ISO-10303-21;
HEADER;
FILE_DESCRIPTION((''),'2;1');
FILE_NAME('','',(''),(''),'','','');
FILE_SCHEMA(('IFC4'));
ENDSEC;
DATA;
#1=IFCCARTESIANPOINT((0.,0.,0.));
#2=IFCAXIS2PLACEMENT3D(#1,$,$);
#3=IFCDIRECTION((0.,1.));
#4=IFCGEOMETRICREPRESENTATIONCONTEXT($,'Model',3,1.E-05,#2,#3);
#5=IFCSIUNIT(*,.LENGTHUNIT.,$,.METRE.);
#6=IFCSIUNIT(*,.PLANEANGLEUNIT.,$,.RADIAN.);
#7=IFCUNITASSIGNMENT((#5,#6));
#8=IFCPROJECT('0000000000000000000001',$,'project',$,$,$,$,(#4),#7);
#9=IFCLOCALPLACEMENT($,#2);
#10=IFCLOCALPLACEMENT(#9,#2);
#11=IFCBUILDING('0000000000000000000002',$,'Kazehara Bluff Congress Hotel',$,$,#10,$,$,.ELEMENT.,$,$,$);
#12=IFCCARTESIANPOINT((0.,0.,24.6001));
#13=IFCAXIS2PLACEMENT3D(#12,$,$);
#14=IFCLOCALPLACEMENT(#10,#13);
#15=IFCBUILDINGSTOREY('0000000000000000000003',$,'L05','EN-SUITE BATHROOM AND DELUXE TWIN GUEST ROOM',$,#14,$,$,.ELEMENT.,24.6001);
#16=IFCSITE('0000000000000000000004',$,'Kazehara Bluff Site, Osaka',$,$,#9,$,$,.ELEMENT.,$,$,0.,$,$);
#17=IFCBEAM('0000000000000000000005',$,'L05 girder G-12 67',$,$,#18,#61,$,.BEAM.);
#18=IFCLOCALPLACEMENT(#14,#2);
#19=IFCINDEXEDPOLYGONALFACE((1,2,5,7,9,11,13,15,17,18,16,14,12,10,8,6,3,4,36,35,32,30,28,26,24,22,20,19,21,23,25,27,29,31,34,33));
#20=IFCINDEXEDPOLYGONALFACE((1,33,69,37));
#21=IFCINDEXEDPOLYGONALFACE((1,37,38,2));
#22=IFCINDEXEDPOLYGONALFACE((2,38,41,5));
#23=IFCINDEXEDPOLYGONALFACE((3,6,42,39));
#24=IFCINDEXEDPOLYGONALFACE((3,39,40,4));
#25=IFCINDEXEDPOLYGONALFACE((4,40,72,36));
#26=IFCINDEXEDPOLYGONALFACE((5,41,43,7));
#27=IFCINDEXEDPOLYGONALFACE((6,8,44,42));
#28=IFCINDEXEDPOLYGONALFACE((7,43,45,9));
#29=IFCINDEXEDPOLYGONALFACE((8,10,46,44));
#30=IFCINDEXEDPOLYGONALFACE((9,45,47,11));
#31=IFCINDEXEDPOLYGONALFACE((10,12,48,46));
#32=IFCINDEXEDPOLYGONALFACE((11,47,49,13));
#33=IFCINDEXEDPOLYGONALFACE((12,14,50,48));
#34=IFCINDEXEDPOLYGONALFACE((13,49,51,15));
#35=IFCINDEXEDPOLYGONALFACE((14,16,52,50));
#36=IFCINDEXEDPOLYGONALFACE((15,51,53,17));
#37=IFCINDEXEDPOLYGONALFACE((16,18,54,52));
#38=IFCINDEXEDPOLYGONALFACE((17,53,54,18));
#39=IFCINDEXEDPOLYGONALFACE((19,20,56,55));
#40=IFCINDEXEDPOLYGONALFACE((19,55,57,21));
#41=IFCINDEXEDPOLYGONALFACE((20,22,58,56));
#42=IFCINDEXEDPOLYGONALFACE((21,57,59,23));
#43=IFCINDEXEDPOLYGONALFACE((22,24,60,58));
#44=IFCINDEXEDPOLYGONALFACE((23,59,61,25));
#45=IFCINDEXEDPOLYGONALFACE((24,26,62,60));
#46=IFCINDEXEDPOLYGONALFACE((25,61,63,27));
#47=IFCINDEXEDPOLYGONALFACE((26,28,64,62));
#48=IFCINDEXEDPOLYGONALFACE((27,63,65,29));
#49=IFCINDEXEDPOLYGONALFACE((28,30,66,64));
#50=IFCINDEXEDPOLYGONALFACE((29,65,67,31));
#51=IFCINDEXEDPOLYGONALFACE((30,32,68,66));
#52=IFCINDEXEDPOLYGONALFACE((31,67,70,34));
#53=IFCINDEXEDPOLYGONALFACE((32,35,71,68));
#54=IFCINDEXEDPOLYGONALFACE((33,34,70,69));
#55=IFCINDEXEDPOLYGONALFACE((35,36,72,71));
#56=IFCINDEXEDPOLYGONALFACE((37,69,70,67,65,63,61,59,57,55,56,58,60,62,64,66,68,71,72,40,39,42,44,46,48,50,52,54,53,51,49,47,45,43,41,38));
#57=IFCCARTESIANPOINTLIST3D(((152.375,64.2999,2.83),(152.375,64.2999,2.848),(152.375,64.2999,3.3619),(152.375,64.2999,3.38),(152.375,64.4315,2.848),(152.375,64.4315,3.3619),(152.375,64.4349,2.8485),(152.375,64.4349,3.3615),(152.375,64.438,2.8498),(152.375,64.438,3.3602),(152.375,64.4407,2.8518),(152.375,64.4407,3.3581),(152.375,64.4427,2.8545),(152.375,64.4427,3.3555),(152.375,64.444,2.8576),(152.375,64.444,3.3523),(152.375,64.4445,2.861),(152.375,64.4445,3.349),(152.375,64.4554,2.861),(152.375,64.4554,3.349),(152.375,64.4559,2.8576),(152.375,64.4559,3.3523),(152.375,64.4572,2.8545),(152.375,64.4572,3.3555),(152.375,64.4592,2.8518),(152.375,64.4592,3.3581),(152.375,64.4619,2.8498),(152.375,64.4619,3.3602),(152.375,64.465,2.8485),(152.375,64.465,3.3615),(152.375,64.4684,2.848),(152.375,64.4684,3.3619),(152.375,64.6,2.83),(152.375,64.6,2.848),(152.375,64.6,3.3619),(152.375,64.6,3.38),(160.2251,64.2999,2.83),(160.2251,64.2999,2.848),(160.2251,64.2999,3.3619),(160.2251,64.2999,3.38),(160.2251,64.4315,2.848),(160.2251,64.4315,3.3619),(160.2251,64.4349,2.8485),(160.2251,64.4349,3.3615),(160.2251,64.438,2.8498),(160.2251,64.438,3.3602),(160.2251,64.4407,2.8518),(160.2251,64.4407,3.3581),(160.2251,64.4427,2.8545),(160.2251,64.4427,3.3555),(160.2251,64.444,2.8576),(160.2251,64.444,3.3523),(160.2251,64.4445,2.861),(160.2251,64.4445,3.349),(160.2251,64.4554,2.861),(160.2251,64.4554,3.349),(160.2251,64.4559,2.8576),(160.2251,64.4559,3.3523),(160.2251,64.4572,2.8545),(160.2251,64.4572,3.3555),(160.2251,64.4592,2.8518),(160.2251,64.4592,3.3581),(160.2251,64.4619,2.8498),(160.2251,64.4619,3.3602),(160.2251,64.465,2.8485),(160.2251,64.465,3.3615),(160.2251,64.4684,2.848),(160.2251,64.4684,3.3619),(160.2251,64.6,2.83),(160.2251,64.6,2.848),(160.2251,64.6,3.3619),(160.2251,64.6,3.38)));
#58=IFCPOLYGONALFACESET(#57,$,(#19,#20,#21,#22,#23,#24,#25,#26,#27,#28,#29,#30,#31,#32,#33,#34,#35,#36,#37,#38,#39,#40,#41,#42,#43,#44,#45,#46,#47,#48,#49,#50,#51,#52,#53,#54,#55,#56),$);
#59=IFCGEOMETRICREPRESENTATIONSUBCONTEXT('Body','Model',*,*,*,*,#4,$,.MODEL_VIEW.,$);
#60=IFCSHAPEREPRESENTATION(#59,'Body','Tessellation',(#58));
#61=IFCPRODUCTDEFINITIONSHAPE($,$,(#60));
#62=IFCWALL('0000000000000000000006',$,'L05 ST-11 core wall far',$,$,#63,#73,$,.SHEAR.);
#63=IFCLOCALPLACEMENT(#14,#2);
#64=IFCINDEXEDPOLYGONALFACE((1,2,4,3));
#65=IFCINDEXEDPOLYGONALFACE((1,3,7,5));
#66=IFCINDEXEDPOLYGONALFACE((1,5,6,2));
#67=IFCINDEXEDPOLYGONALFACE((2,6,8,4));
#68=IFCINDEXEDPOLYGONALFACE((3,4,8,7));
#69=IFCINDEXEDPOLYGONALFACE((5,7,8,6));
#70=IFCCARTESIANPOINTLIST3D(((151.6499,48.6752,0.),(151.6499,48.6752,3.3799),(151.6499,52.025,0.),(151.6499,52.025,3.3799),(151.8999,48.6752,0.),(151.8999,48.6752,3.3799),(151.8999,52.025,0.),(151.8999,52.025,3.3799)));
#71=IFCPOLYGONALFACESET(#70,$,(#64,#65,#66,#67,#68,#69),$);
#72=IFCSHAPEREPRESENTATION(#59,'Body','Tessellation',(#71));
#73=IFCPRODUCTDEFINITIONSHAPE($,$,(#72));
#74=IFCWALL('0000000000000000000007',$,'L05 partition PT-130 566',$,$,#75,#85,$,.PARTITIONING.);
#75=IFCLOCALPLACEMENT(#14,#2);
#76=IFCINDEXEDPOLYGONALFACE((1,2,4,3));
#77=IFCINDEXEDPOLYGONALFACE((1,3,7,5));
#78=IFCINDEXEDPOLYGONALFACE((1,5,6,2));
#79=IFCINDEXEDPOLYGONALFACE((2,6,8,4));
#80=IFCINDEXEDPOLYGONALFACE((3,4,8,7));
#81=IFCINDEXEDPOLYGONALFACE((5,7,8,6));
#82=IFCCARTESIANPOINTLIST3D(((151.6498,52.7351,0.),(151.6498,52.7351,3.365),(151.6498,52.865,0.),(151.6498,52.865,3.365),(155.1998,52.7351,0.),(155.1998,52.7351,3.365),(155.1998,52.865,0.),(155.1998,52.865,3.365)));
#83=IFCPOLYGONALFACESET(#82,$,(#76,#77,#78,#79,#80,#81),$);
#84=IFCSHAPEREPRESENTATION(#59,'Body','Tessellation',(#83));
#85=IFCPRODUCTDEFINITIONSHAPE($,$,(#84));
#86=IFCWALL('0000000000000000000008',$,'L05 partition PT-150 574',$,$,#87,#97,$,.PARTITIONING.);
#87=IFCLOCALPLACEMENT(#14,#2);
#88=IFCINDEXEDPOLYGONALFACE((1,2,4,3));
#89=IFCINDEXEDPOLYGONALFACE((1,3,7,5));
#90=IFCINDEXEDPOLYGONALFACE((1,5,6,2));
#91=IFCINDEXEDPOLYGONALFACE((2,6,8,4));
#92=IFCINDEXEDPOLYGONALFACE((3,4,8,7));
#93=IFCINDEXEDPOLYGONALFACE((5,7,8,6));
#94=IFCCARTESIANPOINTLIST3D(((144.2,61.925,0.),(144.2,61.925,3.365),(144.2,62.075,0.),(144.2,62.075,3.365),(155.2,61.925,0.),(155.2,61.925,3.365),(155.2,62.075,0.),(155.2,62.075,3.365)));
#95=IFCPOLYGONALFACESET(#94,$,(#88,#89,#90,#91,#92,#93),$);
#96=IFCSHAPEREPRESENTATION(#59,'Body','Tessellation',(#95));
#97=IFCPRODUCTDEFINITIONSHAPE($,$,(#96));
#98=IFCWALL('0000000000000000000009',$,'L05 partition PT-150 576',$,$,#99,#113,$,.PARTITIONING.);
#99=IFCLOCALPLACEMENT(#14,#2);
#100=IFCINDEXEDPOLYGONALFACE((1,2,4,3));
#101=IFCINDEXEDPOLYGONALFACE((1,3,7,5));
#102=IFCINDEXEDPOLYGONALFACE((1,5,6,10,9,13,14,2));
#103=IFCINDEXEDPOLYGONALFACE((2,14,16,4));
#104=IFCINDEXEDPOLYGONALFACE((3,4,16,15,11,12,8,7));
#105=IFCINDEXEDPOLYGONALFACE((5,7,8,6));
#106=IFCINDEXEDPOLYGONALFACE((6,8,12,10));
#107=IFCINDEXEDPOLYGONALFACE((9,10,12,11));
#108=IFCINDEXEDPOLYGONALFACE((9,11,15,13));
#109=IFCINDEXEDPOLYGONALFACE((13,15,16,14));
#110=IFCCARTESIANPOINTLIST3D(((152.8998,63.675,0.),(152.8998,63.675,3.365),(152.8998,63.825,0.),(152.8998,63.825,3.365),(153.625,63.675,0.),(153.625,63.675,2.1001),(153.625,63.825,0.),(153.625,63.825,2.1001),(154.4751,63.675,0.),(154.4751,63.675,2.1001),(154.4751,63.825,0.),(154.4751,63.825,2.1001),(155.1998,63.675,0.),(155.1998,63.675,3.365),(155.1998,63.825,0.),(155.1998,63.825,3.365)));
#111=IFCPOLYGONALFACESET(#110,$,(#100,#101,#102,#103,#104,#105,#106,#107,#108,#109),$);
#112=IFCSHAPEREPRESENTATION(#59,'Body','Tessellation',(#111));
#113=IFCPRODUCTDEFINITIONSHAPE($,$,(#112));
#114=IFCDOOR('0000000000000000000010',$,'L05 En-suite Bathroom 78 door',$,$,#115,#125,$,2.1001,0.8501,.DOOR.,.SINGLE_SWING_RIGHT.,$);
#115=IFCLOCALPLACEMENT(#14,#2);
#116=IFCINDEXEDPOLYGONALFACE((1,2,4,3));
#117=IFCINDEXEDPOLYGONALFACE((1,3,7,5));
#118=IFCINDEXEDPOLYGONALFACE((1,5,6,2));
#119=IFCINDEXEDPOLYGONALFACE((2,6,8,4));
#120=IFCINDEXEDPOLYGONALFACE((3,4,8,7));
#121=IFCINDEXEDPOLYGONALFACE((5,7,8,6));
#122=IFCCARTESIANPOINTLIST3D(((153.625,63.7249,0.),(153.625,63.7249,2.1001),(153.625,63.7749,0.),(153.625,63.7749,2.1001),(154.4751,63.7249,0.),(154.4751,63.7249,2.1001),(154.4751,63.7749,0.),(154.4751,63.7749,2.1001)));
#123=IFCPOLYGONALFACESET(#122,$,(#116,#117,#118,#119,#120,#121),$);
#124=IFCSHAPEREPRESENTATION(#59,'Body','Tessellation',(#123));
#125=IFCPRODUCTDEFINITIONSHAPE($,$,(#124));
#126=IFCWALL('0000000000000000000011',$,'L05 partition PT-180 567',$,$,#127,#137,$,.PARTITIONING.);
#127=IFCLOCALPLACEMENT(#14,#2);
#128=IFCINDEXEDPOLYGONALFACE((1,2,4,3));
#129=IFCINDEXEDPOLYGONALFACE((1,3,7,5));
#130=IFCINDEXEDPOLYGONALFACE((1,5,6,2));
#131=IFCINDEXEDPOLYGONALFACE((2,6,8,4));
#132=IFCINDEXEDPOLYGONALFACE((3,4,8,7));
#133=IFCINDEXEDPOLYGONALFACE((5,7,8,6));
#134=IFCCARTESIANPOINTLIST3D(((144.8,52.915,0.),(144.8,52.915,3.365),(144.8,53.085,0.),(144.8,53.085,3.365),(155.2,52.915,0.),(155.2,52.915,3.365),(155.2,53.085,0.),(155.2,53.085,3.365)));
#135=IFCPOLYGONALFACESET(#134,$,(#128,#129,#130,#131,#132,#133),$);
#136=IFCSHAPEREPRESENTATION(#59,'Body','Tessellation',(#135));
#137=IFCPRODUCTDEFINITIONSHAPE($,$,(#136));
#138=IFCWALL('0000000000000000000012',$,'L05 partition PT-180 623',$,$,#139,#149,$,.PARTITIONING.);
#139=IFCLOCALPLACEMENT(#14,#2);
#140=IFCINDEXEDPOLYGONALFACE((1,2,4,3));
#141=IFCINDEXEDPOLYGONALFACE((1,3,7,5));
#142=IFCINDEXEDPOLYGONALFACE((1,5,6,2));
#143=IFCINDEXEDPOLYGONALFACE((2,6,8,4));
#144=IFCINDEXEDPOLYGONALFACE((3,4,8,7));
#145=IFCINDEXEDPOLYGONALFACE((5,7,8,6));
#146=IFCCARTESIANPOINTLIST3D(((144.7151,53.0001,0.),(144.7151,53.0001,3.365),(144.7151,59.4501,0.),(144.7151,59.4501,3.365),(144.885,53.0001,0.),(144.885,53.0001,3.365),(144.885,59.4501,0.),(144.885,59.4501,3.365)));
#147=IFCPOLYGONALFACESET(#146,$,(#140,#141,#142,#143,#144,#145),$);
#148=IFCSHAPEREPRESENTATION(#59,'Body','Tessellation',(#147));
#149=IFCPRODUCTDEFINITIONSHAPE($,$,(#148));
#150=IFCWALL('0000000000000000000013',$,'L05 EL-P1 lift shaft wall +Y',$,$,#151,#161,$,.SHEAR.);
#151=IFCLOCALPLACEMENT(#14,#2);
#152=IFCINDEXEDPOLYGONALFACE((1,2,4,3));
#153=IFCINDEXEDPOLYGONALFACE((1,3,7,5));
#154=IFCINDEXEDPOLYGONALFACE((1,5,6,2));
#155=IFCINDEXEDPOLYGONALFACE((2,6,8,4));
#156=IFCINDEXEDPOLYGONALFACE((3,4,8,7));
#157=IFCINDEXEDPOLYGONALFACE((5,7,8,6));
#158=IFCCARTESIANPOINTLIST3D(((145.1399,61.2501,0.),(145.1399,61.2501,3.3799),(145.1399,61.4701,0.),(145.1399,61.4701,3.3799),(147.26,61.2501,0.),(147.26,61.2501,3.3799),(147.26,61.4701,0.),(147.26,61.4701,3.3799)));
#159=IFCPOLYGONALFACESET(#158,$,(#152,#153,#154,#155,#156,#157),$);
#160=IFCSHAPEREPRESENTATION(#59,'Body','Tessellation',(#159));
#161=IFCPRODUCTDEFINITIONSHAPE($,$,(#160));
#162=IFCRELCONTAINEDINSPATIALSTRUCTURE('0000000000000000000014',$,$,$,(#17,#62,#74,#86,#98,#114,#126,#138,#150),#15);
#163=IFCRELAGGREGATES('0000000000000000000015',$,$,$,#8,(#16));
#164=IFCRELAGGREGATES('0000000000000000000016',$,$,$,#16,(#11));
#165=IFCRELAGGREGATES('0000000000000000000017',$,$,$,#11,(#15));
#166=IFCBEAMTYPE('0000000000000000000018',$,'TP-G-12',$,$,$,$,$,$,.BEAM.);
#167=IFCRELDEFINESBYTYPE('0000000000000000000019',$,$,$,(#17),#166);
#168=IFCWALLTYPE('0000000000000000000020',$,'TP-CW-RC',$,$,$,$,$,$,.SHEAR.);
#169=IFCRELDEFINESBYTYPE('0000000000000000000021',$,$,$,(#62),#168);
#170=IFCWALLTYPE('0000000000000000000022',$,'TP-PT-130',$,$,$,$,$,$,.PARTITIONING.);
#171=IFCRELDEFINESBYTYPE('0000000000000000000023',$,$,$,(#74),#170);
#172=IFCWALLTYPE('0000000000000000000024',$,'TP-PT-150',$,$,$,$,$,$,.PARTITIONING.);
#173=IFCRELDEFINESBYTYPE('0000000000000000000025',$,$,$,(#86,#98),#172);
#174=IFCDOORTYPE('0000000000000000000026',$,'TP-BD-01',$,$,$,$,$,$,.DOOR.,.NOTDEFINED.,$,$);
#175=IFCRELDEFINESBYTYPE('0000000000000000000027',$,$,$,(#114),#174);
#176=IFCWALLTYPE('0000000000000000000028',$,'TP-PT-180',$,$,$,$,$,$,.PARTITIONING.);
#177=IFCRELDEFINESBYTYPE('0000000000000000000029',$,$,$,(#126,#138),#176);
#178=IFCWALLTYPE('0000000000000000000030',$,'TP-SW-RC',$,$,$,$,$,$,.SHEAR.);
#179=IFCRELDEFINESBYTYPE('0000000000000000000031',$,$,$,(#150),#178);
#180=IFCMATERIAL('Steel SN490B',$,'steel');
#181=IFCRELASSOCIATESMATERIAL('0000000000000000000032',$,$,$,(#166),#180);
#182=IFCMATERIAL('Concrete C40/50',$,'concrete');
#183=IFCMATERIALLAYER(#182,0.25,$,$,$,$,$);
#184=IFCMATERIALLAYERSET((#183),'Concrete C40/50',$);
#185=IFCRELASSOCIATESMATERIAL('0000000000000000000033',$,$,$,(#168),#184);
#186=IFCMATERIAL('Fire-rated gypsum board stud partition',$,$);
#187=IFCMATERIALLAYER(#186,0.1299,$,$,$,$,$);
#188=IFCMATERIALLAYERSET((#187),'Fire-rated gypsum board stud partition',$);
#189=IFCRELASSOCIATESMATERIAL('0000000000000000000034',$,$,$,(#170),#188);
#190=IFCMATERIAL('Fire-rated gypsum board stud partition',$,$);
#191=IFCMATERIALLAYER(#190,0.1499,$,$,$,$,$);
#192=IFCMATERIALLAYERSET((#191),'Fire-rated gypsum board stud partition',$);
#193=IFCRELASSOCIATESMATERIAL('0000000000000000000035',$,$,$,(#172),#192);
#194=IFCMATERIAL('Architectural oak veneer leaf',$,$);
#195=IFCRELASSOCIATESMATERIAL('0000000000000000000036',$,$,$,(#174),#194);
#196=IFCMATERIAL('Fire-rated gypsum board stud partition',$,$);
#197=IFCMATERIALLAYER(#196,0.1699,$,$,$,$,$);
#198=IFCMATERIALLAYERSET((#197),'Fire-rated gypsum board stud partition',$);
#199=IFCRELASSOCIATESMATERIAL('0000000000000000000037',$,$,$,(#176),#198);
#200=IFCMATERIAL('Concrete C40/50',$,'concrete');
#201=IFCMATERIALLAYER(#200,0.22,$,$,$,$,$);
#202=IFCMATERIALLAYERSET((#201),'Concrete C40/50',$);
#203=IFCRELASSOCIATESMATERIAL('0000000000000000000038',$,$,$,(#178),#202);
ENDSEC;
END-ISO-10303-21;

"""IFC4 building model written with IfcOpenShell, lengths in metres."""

from ifc_helpers import new_model, si_unit, direction, frame, frame_2d, origin, origin_2d, place, context, subcontext, project, spatial, rectangle, i_section, extrude, material, layer, layer_set, material_profile, profile_set, type_object, element, fill, save


model = new_model("IFC4")

# Units and contexts
model_context = context("Model", 3, precision=1e-05, world=origin(), true_north=direction((0.0, 1.0)))
body_context = subcontext(model_context, "Body", "Model", "MODEL_VIEW")
ifc_project = project(units=[si_unit("LENGTHUNIT", "METRE"), si_unit("PLANEANGLEUNIT", "RADIAN")], contexts=[model_context])

# Site, building, storey
site_placement = place(None, origin())
site = spatial("IfcSite", under=ifc_project, at=site_placement, Name="Kazehara Bluff Site, Osaka", CompositionType="ELEMENT", RefElevation=0.0)
building_placement = place(site_placement, origin())
building = spatial("IfcBuilding", under=site, at=building_placement, Name="Kazehara Bluff Congress Hotel", CompositionType="ELEMENT")
storey_placement = place(building_placement, frame((0.0, 0.0, 24.6001)))
storey = spatial("IfcBuildingStorey", under=building, at=storey_placement, Name="L05", Description="EN-SUITE BATHROOM AND DELUXE TWIN GUEST ROOM", CompositionType="ELEMENT", Elevation=24.6001)

# Beam
ifc_material_1 = material(Name="Steel SN490B", Category="steel")
ifc_material_profile_1 = material_profile(ifc_material_1, i_section(OverallWidth=0.3, OverallDepth=0.55, WebThickness=0.011, FlangeThickness=0.0181, FilletRadius=0.0129, at=origin_2d()))
ifc_profile_set_1 = profile_set([ifc_material_profile_1], Name="Steel SN490B")
beam_type = type_object("IfcBeamType", Name="TP-G-12", PredefinedType="BEAM", material=ifc_profile_set_1)
for number, where, z_axis, x_axis, name in (
    (1, (152.375, 64.45, 3.105), (1.0, 0.0, 0.0), (0.0, 1.0, 0.0), "L05 girder G-12 67"),
):
    element("IfcBeam", number, at=place(storey_placement, frame(where, z_axis=z_axis, x_axis=x_axis)), inside=storey, type_object=beam_type, Name=name, PredefinedType="BEAM", context=body_context, shape_type="SweptSolid", body=[
        extrude(i_section(OverallWidth=0.3, OverallDepth=0.55, WebThickness=0.011, FlangeThickness=0.0181, FilletRadius=0.0129, at=origin_2d()), origin(), (0.0, 0.0, 1.0), 7.8501),
    ])

# Walls
ifc_material_2 = material(Name="Concrete C40/50", Category="concrete")
ifc_layer_1 = layer(ifc_material_2, 0.25)
ifc_layer_set_1 = layer_set([ifc_layer_1], Name="Concrete C40/50")
wall_type_1 = type_object("IfcWallType", Name="TP-CW-RC", PredefinedType="SHEAR", material=ifc_layer_set_1)
wall_1_placement = place(storey_placement, frame((151.7749, 52.0249, 0.0), z_axis=(0.0, 0.0, 1.0), x_axis=(0.0, -1.0, 0.0)))
element("IfcWall", 2, at=wall_1_placement, inside=storey, type_object=wall_type_1, Name="L05 ST-11 core wall far", PredefinedType="SHEAR", context=body_context, shape_type="SweptSolid", body=[
    extrude(rectangle(XDim=3.3499, YDim=0.25, at=frame_2d((1.6748, 0.0))), origin(), (0.0, 0.0, 1.0), 3.3799),
])
ifc_material_3 = material(Name="Fire-rated gypsum board stud partition")
ifc_layer_2 = layer(ifc_material_3, 0.1299)
ifc_layer_set_2 = layer_set([ifc_layer_2], Name="Fire-rated gypsum board stud partition")
wall_type_2 = type_object("IfcWallType", Name="TP-PT-130", PredefinedType="PARTITIONING", material=ifc_layer_set_2)
wall_2_placement = place(storey_placement, frame((151.6499, 52.8, 0.0), z_axis=(0.0, 0.0, 1.0), x_axis=(1.0, 0.0, 0.0)))
element("IfcWall", 3, at=wall_2_placement, inside=storey, type_object=wall_type_2, Name="L05 partition PT-130 566", PredefinedType="PARTITIONING", context=body_context, shape_type="SweptSolid", body=[
    extrude(rectangle(XDim=3.55, YDim=0.1299, at=frame_2d((1.7749, 0.0))), origin(), (0.0, 0.0, 1.0), 3.365),
])
ifc_material_4 = material(Name="Fire-rated gypsum board stud partition")
ifc_layer_3 = layer(ifc_material_4, 0.1499)
ifc_layer_set_3 = layer_set([ifc_layer_3], Name="Fire-rated gypsum board stud partition")
wall_type_3 = type_object("IfcWallType", Name="TP-PT-150", PredefinedType="PARTITIONING", material=ifc_layer_set_3)
wall_3_placement = place(storey_placement, frame((144.2, 62.0, 0.0), z_axis=(0.0, 0.0, 1.0), x_axis=(1.0, 0.0, 0.0)))
element("IfcWall", 4, at=wall_3_placement, inside=storey, type_object=wall_type_3, Name="L05 partition PT-150 574", PredefinedType="PARTITIONING", context=body_context, shape_type="SweptSolid", body=[
    extrude(rectangle(XDim=11.0, YDim=0.1499, at=frame_2d((5.5, 0.0))), origin(), (0.0, 0.0, 1.0), 3.365),
])

# Wall, opening, door
wall_4_placement = place(storey_placement, frame((152.8999, 63.75, 0.0), z_axis=(0.0, 0.0, 1.0), x_axis=(1.0, 0.0, 0.0)))
wall_4 = element("IfcWall", 5, at=wall_4_placement, inside=storey, type_object=wall_type_3, Name="L05 partition PT-150 576", PredefinedType="PARTITIONING", context=body_context, shape_type="SweptSolid", body=[
    extrude(rectangle(XDim=2.3, YDim=0.1499, at=frame_2d((1.1499, 0.0))), origin(), (0.0, 0.0, 1.0), 3.365),
])
opening_1_placement = place(wall_4_placement, frame((0.7251, 0.0, 0.0)))
opening_1 = element("IfcOpeningElement", 6, at=opening_1_placement, cuts=wall_4, PredefinedType="OPENING", context=body_context, shape_type="SweptSolid", body=[
    extrude(rectangle(XDim=0.8501, YDim=2.1001, at=frame_2d((0.425, 1.05))), frame((0.0, 0.085, 0.0), z_axis=(0.0, -1.0, 0.0), x_axis=(1.0, 0.0, 0.0)), (0.0, 0.0, 1.0), 0.1699),
])
ifc_material_5 = material(Name="Architectural oak veneer leaf")
door_type_1 = type_object("IfcDoorType", Name="TP-BD-01", OperationType="NOTDEFINED", PredefinedType="DOOR", material=ifc_material_5)
door_1_placement = place(opening_1_placement, origin())
door_1 = element("IfcDoor", 7, at=door_1_placement, inside=storey, type_object=door_type_1, Name="L05 En-suite Bathroom 78 door", OperationType="SINGLE_SWING_RIGHT", OverallHeight=2.1001, OverallWidth=0.8501, PredefinedType="DOOR", context=body_context, shape_type="SweptSolid", body=[
    extrude(rectangle(XDim=0.8501, YDim=2.1001, at=frame_2d((0.425, 1.05))), frame((0.0, 0.0249, 0.0), z_axis=(0.0, -1.0, 0.0), x_axis=(1.0, 0.0, 0.0)), (0.0, 0.0, 1.0), 0.05),
])
fill(opening_1, door_1)

# Walls
ifc_material_6 = material(Name="Fire-rated gypsum board stud partition")
ifc_layer_4 = layer(ifc_material_6, 0.1699)
ifc_layer_set_4 = layer_set([ifc_layer_4], Name="Fire-rated gypsum board stud partition")
wall_type_4 = type_object("IfcWallType", Name="TP-PT-180", PredefinedType="PARTITIONING", material=ifc_layer_set_4)
wall_5_placement = place(storey_placement, frame((144.8, 53.0, 0.0), z_axis=(0.0, 0.0, 1.0), x_axis=(1.0, 0.0, 0.0)))
element("IfcWall", 8, at=wall_5_placement, inside=storey, type_object=wall_type_4, Name="L05 partition PT-180 567", PredefinedType="PARTITIONING", context=body_context, shape_type="SweptSolid", body=[
    extrude(rectangle(XDim=10.3999, YDim=0.1699, at=frame_2d((5.2, 0.0))), origin(), (0.0, 0.0, 1.0), 3.365),
])
wall_6_placement = place(storey_placement, frame((144.8, 53.0, 0.0), z_axis=(0.0, 0.0, 1.0), x_axis=(0.0, 1.0, 0.0)))
element("IfcWall", 9, at=wall_6_placement, inside=storey, type_object=wall_type_4, Name="L05 partition PT-180 623", PredefinedType="PARTITIONING", context=body_context, shape_type="SweptSolid", body=[
    extrude(rectangle(XDim=6.45, YDim=0.1699, at=frame_2d((3.2251, 0.0))), origin(), (0.0, 0.0, 1.0), 3.365),
])
ifc_material_7 = material(Name="Concrete C40/50", Category="concrete")
ifc_layer_5 = layer(ifc_material_7, 0.22)
ifc_layer_set_5 = layer_set([ifc_layer_5], Name="Concrete C40/50")
wall_type_5 = type_object("IfcWallType", Name="TP-SW-RC", PredefinedType="SHEAR", material=ifc_layer_set_5)
wall_7_placement = place(storey_placement, frame((145.1399, 61.3601, 0.0), z_axis=(0.0, 0.0, 1.0), x_axis=(1.0, 0.0, 0.0)))
element("IfcWall", 10, at=wall_7_placement, inside=storey, type_object=wall_type_5, Name="L05 EL-P1 lift shaft wall +Y", PredefinedType="SHEAR", context=body_context, shape_type="SweptSolid", body=[
    extrude(rectangle(XDim=2.1201, YDim=0.22, at=frame_2d((1.0601, 0.0))), origin(), (0.0, 0.0, 1.0), 3.3799),
])

save(model, "model.ifc")
